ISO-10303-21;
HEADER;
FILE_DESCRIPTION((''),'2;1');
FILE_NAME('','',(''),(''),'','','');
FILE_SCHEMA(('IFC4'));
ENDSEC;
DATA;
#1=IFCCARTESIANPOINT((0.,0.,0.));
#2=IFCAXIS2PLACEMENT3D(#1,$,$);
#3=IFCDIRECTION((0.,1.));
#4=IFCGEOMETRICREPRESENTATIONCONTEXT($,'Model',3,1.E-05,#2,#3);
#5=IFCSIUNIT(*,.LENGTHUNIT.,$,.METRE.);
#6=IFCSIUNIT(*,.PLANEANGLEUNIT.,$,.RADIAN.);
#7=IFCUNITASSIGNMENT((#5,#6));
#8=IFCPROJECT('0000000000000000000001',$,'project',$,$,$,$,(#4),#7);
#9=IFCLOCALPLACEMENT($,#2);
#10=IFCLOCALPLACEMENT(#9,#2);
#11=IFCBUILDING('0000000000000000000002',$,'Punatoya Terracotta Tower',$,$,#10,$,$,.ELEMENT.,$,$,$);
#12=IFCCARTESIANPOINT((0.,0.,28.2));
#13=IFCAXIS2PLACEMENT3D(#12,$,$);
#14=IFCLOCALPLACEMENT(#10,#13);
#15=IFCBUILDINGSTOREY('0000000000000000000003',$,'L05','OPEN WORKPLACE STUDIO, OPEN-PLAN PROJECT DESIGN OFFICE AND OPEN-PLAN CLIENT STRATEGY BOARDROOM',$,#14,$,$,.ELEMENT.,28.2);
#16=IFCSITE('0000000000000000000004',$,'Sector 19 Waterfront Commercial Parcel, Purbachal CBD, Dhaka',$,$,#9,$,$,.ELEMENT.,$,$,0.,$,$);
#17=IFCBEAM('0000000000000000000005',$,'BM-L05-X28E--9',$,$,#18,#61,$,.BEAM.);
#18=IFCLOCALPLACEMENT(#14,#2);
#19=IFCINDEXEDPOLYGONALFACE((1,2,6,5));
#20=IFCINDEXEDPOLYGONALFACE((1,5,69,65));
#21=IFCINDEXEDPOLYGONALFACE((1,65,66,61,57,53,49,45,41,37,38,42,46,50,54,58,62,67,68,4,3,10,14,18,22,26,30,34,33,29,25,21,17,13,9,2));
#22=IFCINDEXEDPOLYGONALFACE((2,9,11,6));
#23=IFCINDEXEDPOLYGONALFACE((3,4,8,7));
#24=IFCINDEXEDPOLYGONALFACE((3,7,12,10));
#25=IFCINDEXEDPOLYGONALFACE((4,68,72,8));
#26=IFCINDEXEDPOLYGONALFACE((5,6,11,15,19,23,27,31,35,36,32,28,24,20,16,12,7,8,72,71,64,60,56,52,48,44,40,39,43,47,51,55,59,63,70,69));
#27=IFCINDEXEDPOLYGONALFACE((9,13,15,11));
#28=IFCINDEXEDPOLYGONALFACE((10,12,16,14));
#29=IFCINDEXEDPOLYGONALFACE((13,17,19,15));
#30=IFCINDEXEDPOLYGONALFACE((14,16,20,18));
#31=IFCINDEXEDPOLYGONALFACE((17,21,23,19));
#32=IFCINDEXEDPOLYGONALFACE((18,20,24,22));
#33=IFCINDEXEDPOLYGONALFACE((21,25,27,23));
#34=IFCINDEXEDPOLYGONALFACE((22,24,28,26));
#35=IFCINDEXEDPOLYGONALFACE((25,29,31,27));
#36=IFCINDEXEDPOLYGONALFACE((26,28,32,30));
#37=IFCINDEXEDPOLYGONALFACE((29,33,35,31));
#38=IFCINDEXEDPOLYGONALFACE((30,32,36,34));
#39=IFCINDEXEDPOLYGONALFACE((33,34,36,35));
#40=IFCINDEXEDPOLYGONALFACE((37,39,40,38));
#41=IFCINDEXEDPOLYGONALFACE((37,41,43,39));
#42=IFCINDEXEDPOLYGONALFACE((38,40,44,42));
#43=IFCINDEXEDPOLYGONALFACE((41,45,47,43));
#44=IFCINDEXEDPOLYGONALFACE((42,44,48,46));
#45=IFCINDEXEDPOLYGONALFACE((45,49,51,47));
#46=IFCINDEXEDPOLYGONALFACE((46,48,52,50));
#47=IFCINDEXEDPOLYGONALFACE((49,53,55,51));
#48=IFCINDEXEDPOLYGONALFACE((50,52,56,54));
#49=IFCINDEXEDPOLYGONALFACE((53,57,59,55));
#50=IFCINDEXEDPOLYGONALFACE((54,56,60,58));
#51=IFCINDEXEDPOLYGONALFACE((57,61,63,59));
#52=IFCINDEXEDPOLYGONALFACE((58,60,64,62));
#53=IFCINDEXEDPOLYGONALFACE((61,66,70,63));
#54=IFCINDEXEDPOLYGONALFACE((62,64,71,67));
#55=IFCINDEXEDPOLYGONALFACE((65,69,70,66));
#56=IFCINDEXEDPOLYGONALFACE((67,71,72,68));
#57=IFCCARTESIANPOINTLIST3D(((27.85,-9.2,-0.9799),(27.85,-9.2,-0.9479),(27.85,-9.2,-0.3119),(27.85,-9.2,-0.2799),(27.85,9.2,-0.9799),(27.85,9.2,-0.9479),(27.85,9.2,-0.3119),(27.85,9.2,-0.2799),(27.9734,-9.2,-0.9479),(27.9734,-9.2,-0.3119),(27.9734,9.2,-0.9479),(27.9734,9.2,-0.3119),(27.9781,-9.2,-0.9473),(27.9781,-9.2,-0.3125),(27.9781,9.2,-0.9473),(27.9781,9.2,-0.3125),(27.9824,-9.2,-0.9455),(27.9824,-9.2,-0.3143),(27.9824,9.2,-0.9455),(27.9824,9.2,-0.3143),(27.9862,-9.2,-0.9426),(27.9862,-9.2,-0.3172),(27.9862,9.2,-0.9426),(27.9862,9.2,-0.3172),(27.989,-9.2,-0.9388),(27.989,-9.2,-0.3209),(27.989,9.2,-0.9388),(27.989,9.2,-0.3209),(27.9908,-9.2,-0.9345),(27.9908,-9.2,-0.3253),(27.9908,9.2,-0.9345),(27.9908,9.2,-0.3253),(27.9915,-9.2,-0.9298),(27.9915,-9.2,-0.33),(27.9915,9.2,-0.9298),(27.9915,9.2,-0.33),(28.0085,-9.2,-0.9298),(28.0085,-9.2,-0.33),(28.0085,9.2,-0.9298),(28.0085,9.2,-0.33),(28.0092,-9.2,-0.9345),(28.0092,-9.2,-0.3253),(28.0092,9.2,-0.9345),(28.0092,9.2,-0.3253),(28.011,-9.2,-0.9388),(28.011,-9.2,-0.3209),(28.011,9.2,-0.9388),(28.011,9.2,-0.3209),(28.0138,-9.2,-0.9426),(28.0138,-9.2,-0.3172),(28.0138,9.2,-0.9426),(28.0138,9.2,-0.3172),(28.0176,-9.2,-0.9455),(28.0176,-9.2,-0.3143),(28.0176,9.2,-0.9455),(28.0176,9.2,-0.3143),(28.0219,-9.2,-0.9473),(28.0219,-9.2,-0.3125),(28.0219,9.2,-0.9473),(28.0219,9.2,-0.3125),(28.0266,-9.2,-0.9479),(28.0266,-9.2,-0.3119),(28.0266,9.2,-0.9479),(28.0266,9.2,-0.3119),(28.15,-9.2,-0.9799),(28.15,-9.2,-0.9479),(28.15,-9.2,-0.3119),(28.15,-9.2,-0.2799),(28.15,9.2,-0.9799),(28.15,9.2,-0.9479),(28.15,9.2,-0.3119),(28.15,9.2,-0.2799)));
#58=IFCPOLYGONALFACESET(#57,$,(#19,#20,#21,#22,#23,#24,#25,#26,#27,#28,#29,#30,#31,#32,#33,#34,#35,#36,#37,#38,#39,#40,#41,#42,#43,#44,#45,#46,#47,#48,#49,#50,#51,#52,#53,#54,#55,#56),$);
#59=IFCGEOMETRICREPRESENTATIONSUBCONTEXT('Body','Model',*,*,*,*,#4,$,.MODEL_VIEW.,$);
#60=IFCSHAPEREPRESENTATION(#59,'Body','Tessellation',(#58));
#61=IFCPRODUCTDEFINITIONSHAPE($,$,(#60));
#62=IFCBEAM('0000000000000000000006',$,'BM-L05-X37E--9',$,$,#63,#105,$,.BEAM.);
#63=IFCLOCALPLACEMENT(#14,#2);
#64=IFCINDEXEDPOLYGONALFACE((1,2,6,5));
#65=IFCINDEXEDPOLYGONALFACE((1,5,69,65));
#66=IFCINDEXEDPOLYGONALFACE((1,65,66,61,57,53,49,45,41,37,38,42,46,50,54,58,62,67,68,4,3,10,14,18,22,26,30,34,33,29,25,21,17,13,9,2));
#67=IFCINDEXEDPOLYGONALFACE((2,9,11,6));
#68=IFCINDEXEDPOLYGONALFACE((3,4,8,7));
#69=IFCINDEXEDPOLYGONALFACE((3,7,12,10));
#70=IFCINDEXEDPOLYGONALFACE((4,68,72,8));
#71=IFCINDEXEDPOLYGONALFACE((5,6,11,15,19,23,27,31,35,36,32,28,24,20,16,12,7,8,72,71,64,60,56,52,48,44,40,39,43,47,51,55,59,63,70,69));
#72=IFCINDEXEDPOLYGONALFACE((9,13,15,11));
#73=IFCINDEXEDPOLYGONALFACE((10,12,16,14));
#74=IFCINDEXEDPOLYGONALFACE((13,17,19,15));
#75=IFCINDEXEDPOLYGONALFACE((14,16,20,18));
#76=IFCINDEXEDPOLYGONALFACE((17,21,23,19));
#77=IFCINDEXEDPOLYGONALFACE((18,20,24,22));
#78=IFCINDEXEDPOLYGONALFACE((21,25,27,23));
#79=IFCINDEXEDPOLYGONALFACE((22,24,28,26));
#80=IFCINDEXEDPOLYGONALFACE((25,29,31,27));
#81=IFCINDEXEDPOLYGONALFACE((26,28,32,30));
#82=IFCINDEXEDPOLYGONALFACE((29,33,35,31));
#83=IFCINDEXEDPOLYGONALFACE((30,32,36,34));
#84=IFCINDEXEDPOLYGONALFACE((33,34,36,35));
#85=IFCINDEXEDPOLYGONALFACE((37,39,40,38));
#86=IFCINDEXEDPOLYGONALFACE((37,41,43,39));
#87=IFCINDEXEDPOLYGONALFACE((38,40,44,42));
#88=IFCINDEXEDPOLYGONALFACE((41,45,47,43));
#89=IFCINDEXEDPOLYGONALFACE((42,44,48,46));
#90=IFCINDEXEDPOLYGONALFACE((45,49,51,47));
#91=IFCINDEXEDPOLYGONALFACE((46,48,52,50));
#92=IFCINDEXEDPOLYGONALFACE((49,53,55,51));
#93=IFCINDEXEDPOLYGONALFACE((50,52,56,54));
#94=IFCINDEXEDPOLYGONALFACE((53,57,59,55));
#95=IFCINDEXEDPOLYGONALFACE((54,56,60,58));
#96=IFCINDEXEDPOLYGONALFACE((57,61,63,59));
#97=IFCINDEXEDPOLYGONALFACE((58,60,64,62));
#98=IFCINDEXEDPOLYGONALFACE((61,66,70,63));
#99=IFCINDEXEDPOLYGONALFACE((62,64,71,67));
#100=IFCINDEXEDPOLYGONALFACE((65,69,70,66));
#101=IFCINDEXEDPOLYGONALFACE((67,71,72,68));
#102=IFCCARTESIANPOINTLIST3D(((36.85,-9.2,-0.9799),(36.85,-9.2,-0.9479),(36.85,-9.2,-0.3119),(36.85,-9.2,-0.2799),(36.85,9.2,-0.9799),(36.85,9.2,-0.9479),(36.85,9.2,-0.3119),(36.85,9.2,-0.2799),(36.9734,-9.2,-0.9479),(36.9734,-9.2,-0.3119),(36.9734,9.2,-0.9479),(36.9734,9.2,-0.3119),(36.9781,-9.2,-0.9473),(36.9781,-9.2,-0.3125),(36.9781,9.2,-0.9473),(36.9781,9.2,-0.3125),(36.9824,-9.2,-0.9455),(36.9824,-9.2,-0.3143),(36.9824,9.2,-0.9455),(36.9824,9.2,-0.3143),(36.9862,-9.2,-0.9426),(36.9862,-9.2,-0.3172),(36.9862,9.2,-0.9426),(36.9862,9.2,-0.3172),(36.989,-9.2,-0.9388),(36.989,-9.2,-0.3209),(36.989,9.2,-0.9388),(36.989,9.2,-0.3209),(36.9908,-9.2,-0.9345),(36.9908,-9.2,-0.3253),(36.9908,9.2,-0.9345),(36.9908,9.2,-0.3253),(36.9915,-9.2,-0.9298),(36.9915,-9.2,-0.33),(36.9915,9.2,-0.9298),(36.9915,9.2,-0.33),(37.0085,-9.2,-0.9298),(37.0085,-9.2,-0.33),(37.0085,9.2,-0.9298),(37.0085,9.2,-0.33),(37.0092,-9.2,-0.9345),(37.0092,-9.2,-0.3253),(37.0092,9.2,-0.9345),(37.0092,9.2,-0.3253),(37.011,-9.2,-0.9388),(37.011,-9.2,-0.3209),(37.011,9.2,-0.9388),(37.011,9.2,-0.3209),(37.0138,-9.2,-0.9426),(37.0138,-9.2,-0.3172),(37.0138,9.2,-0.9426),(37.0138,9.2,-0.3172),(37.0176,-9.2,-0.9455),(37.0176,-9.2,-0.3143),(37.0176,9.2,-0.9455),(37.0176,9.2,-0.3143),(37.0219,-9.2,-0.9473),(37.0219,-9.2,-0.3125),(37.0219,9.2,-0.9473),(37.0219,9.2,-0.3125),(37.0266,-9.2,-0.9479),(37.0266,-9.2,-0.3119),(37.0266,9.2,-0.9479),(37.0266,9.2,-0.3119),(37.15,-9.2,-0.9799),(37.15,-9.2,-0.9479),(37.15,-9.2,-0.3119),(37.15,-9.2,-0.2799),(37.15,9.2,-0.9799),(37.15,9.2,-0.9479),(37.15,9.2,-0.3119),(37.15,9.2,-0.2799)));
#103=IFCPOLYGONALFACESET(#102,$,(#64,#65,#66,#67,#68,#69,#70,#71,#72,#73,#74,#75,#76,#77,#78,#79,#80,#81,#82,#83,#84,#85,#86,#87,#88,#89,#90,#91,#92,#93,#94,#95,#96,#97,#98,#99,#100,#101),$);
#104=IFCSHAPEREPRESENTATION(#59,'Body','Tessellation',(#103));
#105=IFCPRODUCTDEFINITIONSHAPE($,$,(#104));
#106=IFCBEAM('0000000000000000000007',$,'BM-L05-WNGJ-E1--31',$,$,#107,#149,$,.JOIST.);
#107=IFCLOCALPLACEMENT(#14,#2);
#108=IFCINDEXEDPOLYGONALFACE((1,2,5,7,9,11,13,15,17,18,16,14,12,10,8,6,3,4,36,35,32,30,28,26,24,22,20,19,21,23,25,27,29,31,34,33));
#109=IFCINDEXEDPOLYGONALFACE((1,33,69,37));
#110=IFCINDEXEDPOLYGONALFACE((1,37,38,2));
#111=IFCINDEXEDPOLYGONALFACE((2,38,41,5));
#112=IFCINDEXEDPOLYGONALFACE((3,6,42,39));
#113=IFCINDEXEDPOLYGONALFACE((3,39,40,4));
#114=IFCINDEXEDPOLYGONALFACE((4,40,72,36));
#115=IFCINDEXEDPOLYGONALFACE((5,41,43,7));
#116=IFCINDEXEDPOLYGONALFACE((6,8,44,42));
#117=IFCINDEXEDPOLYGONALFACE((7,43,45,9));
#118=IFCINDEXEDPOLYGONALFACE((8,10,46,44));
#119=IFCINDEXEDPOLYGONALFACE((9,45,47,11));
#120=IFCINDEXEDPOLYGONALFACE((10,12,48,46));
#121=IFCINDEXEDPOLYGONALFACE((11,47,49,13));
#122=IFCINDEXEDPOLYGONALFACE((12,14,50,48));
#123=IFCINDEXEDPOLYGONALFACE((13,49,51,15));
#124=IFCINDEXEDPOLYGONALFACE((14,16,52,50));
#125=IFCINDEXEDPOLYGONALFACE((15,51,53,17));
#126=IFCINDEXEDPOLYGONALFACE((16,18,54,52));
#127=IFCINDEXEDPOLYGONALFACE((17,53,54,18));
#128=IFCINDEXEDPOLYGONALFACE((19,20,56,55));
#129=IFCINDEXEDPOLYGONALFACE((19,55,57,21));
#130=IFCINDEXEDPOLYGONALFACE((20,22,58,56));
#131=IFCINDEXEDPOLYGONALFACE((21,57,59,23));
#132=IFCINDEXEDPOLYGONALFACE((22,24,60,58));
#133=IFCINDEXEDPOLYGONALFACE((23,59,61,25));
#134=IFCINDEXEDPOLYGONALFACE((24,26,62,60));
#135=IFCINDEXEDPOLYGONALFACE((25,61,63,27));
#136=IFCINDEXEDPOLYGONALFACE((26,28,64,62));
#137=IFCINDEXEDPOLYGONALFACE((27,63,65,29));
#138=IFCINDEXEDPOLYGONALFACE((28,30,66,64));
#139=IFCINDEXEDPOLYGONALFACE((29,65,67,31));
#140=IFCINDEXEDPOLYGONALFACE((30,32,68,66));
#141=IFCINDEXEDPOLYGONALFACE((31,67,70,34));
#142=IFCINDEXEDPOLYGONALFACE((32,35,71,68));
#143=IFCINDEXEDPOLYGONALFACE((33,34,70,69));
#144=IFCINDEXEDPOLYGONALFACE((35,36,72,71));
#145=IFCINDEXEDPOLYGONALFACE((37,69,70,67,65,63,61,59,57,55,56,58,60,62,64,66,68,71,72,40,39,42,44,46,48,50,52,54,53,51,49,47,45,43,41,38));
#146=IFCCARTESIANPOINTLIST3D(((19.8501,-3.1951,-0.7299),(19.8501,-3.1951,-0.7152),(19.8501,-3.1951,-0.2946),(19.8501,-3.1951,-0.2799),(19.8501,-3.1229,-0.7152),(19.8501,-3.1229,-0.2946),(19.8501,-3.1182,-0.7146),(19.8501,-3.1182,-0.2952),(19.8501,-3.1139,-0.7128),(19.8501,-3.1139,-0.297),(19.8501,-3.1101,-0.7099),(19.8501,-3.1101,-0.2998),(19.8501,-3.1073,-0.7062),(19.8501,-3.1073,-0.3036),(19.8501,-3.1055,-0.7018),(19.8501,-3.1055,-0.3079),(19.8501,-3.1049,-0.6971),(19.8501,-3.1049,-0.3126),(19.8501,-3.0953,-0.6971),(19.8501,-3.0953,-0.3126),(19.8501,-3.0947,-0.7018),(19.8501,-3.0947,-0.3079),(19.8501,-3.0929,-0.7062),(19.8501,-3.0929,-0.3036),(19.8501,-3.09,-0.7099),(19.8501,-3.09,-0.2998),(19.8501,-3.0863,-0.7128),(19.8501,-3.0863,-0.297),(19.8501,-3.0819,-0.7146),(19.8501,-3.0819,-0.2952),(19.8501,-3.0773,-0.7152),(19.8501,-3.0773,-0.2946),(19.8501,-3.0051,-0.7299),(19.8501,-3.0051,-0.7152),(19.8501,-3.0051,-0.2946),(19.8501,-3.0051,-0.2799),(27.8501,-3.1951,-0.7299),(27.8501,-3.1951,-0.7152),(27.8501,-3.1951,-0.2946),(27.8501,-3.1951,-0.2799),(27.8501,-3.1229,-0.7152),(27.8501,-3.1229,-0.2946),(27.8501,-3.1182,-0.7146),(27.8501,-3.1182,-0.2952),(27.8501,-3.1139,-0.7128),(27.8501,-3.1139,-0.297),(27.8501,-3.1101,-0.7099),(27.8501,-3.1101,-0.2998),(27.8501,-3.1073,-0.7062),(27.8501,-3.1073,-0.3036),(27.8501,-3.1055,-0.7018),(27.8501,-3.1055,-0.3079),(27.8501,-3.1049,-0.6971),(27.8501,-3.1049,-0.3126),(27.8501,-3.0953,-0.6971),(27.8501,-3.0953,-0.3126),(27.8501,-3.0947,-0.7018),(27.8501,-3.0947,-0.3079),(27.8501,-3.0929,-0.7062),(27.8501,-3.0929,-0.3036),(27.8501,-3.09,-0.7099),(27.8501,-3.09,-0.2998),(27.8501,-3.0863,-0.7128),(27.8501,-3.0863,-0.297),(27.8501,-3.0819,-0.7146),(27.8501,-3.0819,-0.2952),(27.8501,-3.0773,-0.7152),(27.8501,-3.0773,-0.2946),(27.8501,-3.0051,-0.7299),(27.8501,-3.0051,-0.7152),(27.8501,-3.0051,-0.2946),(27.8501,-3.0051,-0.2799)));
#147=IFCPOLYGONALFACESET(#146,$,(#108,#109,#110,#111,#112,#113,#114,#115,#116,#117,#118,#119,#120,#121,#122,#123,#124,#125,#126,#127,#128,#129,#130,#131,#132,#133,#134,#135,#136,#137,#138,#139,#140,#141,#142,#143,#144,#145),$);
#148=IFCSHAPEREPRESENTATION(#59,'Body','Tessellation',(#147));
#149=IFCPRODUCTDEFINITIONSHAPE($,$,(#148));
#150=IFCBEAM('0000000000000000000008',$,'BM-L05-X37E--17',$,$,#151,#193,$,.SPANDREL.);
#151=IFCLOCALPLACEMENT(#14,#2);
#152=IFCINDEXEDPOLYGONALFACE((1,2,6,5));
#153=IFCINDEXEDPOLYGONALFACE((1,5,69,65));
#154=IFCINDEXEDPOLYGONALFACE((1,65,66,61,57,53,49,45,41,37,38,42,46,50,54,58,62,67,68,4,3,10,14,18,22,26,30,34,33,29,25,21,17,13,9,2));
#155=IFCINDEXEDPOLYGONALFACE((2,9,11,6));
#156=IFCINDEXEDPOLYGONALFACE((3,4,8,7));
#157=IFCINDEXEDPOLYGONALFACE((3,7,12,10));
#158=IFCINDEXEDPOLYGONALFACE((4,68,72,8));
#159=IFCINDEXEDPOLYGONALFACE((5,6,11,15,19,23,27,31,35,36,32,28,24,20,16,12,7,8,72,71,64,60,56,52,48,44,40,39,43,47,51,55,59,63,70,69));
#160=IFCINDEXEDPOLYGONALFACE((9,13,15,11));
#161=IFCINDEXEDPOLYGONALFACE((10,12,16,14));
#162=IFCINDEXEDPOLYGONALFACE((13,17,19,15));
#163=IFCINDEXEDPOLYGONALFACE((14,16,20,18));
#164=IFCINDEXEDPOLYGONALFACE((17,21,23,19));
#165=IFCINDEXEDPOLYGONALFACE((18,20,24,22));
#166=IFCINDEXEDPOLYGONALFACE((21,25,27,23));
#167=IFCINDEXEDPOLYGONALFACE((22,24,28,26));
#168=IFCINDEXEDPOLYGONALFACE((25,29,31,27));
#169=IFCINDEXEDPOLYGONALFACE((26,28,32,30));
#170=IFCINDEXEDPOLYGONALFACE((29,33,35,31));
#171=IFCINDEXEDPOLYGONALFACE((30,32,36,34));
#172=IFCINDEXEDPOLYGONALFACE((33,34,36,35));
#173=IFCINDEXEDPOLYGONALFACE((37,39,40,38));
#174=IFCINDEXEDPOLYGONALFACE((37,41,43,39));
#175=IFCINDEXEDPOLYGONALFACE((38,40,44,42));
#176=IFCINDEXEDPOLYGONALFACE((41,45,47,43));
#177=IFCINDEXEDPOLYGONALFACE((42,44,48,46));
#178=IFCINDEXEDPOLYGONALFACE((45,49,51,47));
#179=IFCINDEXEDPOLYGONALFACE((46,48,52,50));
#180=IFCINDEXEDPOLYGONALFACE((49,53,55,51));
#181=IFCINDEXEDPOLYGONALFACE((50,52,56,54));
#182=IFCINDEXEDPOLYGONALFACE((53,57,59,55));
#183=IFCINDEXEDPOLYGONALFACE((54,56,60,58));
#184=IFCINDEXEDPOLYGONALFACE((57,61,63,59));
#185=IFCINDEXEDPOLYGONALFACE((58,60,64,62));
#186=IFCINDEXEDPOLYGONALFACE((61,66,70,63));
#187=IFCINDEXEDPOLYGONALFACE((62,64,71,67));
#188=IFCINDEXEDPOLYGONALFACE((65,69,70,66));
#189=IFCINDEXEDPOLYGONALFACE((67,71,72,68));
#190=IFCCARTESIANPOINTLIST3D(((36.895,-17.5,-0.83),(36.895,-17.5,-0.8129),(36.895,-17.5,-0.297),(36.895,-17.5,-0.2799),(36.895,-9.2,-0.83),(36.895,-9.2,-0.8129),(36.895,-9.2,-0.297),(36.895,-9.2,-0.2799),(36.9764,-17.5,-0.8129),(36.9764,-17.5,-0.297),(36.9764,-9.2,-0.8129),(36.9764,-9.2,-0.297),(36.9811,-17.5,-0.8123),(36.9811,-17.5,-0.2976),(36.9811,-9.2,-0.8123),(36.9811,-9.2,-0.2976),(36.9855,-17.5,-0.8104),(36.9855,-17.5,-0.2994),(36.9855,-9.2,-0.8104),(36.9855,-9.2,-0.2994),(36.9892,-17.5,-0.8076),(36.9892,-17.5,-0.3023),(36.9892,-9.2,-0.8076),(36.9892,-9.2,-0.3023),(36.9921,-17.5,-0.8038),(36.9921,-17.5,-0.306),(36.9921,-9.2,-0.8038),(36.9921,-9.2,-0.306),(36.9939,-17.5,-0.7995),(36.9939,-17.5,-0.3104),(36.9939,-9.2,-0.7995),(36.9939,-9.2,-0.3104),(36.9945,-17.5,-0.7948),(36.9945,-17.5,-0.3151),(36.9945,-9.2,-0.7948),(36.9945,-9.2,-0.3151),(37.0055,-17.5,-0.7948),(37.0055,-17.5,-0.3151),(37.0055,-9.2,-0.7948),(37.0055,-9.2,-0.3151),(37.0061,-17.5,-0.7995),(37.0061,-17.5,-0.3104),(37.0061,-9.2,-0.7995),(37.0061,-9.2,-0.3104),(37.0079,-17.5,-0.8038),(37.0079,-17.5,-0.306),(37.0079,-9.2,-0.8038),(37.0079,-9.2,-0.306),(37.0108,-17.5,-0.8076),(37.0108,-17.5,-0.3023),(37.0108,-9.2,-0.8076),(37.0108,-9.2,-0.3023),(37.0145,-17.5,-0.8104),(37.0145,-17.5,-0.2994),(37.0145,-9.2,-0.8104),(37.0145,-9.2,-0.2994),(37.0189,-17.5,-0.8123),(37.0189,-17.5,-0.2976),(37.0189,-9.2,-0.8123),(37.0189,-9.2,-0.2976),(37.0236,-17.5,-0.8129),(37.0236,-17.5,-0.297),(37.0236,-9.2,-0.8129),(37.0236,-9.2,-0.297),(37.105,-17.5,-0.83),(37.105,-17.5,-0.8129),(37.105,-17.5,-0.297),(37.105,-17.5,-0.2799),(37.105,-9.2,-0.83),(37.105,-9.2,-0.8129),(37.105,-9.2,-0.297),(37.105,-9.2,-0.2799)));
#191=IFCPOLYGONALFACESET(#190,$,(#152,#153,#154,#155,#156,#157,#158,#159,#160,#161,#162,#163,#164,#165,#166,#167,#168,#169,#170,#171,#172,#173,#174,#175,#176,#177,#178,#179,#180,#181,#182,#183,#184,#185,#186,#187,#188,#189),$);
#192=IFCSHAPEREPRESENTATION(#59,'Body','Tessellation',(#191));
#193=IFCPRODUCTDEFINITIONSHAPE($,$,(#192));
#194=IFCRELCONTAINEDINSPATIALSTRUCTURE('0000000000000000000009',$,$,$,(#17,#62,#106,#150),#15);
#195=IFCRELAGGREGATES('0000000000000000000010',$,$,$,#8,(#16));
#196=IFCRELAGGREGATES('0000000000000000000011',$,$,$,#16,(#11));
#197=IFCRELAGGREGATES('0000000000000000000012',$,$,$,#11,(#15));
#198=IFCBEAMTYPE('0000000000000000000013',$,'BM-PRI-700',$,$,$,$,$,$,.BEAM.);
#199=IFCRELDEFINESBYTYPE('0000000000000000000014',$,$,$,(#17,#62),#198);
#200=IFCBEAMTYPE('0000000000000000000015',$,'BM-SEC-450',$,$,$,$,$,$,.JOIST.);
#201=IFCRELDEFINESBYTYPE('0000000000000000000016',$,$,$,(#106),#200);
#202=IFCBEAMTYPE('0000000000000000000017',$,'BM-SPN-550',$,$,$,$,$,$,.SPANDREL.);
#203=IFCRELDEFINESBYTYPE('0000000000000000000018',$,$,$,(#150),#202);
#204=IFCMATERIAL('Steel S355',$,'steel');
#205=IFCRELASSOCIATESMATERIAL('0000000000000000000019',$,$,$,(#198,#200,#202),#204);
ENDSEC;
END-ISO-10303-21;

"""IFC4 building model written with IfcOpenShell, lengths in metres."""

from ifc_helpers import new_model, si_unit, direction, frame, origin, origin_2d, place, context, subcontext, project, spatial, i_section, extrude, material, material_profile, profile_set, type_object, element, save


model = new_model("IFC4")

# Units and contexts
model_context = context("Model", 3, precision=1e-05, world=origin(), true_north=direction((0.0, 1.0)))
body_context = subcontext(model_context, "Body", "Model", "MODEL_VIEW")
ifc_project = project(units=[si_unit("LENGTHUNIT", "METRE"), si_unit("PLANEANGLEUNIT", "RADIAN")], contexts=[model_context])

# Site, building, storey
site_placement = place(None, origin())
site = spatial("IfcSite", under=ifc_project, at=site_placement, Name="Sector 19 Waterfront Commercial Parcel, Purbachal CBD, Dhaka", CompositionType="ELEMENT", RefElevation=0.0)
building_placement = place(site_placement, origin())
building = spatial("IfcBuilding", under=site, at=building_placement, Name="Punatoya Terracotta Tower", CompositionType="ELEMENT")
storey_placement = place(building_placement, frame((0.0, 0.0, 28.2)))
storey = spatial("IfcBuildingStorey", under=building, at=storey_placement, Name="L05", Description="OPEN WORKPLACE STUDIO, OPEN-PLAN PROJECT DESIGN OFFICE AND OPEN-PLAN CLIENT STRATEGY BOARDROOM", CompositionType="ELEMENT", Elevation=28.2)

# Beams
ifc_material_1 = material(Name="Steel S355", Category="steel")
ifc_material_profile_1 = material_profile(ifc_material_1, i_section(OverallWidth=0.3, OverallDepth=0.7, WebThickness=0.0171, FlangeThickness=0.032, FilletRadius=0.0181, at=origin_2d()))
ifc_profile_set_1 = profile_set([ifc_material_profile_1], Name="Steel S355")
beam_type_1 = type_object("IfcBeamType", Name="BM-PRI-700", PredefinedType="BEAM", material=ifc_profile_set_1)
for number, where, z_axis, x_axis, name in (
    (1, (28.0, -9.2, -0.6299), (0.0, 1.0, 0.0), (-1.0, 0.0, 0.0), "BM-L05-X28E--9"),
    (2, (37.0, -9.2, -0.6299), (0.0, 1.0, 0.0), (-1.0, 0.0, 0.0), "BM-L05-X37E--9"),
):
    element("IfcBeam", number, at=place(storey_placement, frame(where, z_axis=z_axis, x_axis=x_axis)), inside=storey, type_object=beam_type_1, Name=name, PredefinedType="BEAM", context=body_context, shape_type="SweptSolid", body=[
        extrude(i_section(OverallWidth=0.3, OverallDepth=0.7, WebThickness=0.0171, FlangeThickness=0.032, FilletRadius=0.0181, at=origin_2d()), origin(), (0.0, 0.0, 1.0), 18.3999),
    ])
ifc_material_profile_2 = material_profile(ifc_material_1, i_section(OverallWidth=0.1899, OverallDepth=0.45, WebThickness=0.0095, FlangeThickness=0.0146, FilletRadius=0.0181, at=origin_2d()))
ifc_profile_set_2 = profile_set([ifc_material_profile_2], Name="Steel S355")
beam_type_2 = type_object("IfcBeamType", Name="BM-SEC-450", PredefinedType="JOIST", material=ifc_profile_set_2)
beam_1_placement = place(storey_placement, frame((19.8501, -3.1001, -0.5049), z_axis=(1.0, 0.0, 0.0), x_axis=(0.0, 1.0, 0.0)))
element("IfcBeam", 3, at=beam_1_placement, inside=storey, type_object=beam_type_2, Name="BM-L05-WNGJ-E1--31", PredefinedType="JOIST", context=body_context, shape_type="SweptSolid", body=[
    extrude(i_section(OverallWidth=0.1899, OverallDepth=0.45, WebThickness=0.0095, FlangeThickness=0.0146, FilletRadius=0.0181, at=origin_2d()), origin(), (0.0, 0.0, 1.0), 8.0),
])
ifc_material_profile_3 = material_profile(ifc_material_1, i_section(OverallWidth=0.21, OverallDepth=0.55, WebThickness=0.011, FlangeThickness=0.0171, FilletRadius=0.0181, at=origin_2d()))
ifc_profile_set_3 = profile_set([ifc_material_profile_3], Name="Steel S355")
beam_type_3 = type_object("IfcBeamType", Name="BM-SPN-550", PredefinedType="SPANDREL", material=ifc_profile_set_3)
beam_2_placement = place(storey_placement, frame((37.0, -17.5, -0.5549), z_axis=(0.0, 1.0, 0.0), x_axis=(-1.0, 0.0, 0.0)))
element("IfcBeam", 4, at=beam_2_placement, inside=storey, type_object=beam_type_3, Name="BM-L05-X37E--17", PredefinedType="SPANDREL", context=body_context, shape_type="SweptSolid", body=[
    extrude(i_section(OverallWidth=0.21, OverallDepth=0.55, WebThickness=0.011, FlangeThickness=0.0171, FilletRadius=0.0181, at=origin_2d()), origin(), (0.0, 0.0, 1.0), 8.3),
])

save(model, "model.ifc")
